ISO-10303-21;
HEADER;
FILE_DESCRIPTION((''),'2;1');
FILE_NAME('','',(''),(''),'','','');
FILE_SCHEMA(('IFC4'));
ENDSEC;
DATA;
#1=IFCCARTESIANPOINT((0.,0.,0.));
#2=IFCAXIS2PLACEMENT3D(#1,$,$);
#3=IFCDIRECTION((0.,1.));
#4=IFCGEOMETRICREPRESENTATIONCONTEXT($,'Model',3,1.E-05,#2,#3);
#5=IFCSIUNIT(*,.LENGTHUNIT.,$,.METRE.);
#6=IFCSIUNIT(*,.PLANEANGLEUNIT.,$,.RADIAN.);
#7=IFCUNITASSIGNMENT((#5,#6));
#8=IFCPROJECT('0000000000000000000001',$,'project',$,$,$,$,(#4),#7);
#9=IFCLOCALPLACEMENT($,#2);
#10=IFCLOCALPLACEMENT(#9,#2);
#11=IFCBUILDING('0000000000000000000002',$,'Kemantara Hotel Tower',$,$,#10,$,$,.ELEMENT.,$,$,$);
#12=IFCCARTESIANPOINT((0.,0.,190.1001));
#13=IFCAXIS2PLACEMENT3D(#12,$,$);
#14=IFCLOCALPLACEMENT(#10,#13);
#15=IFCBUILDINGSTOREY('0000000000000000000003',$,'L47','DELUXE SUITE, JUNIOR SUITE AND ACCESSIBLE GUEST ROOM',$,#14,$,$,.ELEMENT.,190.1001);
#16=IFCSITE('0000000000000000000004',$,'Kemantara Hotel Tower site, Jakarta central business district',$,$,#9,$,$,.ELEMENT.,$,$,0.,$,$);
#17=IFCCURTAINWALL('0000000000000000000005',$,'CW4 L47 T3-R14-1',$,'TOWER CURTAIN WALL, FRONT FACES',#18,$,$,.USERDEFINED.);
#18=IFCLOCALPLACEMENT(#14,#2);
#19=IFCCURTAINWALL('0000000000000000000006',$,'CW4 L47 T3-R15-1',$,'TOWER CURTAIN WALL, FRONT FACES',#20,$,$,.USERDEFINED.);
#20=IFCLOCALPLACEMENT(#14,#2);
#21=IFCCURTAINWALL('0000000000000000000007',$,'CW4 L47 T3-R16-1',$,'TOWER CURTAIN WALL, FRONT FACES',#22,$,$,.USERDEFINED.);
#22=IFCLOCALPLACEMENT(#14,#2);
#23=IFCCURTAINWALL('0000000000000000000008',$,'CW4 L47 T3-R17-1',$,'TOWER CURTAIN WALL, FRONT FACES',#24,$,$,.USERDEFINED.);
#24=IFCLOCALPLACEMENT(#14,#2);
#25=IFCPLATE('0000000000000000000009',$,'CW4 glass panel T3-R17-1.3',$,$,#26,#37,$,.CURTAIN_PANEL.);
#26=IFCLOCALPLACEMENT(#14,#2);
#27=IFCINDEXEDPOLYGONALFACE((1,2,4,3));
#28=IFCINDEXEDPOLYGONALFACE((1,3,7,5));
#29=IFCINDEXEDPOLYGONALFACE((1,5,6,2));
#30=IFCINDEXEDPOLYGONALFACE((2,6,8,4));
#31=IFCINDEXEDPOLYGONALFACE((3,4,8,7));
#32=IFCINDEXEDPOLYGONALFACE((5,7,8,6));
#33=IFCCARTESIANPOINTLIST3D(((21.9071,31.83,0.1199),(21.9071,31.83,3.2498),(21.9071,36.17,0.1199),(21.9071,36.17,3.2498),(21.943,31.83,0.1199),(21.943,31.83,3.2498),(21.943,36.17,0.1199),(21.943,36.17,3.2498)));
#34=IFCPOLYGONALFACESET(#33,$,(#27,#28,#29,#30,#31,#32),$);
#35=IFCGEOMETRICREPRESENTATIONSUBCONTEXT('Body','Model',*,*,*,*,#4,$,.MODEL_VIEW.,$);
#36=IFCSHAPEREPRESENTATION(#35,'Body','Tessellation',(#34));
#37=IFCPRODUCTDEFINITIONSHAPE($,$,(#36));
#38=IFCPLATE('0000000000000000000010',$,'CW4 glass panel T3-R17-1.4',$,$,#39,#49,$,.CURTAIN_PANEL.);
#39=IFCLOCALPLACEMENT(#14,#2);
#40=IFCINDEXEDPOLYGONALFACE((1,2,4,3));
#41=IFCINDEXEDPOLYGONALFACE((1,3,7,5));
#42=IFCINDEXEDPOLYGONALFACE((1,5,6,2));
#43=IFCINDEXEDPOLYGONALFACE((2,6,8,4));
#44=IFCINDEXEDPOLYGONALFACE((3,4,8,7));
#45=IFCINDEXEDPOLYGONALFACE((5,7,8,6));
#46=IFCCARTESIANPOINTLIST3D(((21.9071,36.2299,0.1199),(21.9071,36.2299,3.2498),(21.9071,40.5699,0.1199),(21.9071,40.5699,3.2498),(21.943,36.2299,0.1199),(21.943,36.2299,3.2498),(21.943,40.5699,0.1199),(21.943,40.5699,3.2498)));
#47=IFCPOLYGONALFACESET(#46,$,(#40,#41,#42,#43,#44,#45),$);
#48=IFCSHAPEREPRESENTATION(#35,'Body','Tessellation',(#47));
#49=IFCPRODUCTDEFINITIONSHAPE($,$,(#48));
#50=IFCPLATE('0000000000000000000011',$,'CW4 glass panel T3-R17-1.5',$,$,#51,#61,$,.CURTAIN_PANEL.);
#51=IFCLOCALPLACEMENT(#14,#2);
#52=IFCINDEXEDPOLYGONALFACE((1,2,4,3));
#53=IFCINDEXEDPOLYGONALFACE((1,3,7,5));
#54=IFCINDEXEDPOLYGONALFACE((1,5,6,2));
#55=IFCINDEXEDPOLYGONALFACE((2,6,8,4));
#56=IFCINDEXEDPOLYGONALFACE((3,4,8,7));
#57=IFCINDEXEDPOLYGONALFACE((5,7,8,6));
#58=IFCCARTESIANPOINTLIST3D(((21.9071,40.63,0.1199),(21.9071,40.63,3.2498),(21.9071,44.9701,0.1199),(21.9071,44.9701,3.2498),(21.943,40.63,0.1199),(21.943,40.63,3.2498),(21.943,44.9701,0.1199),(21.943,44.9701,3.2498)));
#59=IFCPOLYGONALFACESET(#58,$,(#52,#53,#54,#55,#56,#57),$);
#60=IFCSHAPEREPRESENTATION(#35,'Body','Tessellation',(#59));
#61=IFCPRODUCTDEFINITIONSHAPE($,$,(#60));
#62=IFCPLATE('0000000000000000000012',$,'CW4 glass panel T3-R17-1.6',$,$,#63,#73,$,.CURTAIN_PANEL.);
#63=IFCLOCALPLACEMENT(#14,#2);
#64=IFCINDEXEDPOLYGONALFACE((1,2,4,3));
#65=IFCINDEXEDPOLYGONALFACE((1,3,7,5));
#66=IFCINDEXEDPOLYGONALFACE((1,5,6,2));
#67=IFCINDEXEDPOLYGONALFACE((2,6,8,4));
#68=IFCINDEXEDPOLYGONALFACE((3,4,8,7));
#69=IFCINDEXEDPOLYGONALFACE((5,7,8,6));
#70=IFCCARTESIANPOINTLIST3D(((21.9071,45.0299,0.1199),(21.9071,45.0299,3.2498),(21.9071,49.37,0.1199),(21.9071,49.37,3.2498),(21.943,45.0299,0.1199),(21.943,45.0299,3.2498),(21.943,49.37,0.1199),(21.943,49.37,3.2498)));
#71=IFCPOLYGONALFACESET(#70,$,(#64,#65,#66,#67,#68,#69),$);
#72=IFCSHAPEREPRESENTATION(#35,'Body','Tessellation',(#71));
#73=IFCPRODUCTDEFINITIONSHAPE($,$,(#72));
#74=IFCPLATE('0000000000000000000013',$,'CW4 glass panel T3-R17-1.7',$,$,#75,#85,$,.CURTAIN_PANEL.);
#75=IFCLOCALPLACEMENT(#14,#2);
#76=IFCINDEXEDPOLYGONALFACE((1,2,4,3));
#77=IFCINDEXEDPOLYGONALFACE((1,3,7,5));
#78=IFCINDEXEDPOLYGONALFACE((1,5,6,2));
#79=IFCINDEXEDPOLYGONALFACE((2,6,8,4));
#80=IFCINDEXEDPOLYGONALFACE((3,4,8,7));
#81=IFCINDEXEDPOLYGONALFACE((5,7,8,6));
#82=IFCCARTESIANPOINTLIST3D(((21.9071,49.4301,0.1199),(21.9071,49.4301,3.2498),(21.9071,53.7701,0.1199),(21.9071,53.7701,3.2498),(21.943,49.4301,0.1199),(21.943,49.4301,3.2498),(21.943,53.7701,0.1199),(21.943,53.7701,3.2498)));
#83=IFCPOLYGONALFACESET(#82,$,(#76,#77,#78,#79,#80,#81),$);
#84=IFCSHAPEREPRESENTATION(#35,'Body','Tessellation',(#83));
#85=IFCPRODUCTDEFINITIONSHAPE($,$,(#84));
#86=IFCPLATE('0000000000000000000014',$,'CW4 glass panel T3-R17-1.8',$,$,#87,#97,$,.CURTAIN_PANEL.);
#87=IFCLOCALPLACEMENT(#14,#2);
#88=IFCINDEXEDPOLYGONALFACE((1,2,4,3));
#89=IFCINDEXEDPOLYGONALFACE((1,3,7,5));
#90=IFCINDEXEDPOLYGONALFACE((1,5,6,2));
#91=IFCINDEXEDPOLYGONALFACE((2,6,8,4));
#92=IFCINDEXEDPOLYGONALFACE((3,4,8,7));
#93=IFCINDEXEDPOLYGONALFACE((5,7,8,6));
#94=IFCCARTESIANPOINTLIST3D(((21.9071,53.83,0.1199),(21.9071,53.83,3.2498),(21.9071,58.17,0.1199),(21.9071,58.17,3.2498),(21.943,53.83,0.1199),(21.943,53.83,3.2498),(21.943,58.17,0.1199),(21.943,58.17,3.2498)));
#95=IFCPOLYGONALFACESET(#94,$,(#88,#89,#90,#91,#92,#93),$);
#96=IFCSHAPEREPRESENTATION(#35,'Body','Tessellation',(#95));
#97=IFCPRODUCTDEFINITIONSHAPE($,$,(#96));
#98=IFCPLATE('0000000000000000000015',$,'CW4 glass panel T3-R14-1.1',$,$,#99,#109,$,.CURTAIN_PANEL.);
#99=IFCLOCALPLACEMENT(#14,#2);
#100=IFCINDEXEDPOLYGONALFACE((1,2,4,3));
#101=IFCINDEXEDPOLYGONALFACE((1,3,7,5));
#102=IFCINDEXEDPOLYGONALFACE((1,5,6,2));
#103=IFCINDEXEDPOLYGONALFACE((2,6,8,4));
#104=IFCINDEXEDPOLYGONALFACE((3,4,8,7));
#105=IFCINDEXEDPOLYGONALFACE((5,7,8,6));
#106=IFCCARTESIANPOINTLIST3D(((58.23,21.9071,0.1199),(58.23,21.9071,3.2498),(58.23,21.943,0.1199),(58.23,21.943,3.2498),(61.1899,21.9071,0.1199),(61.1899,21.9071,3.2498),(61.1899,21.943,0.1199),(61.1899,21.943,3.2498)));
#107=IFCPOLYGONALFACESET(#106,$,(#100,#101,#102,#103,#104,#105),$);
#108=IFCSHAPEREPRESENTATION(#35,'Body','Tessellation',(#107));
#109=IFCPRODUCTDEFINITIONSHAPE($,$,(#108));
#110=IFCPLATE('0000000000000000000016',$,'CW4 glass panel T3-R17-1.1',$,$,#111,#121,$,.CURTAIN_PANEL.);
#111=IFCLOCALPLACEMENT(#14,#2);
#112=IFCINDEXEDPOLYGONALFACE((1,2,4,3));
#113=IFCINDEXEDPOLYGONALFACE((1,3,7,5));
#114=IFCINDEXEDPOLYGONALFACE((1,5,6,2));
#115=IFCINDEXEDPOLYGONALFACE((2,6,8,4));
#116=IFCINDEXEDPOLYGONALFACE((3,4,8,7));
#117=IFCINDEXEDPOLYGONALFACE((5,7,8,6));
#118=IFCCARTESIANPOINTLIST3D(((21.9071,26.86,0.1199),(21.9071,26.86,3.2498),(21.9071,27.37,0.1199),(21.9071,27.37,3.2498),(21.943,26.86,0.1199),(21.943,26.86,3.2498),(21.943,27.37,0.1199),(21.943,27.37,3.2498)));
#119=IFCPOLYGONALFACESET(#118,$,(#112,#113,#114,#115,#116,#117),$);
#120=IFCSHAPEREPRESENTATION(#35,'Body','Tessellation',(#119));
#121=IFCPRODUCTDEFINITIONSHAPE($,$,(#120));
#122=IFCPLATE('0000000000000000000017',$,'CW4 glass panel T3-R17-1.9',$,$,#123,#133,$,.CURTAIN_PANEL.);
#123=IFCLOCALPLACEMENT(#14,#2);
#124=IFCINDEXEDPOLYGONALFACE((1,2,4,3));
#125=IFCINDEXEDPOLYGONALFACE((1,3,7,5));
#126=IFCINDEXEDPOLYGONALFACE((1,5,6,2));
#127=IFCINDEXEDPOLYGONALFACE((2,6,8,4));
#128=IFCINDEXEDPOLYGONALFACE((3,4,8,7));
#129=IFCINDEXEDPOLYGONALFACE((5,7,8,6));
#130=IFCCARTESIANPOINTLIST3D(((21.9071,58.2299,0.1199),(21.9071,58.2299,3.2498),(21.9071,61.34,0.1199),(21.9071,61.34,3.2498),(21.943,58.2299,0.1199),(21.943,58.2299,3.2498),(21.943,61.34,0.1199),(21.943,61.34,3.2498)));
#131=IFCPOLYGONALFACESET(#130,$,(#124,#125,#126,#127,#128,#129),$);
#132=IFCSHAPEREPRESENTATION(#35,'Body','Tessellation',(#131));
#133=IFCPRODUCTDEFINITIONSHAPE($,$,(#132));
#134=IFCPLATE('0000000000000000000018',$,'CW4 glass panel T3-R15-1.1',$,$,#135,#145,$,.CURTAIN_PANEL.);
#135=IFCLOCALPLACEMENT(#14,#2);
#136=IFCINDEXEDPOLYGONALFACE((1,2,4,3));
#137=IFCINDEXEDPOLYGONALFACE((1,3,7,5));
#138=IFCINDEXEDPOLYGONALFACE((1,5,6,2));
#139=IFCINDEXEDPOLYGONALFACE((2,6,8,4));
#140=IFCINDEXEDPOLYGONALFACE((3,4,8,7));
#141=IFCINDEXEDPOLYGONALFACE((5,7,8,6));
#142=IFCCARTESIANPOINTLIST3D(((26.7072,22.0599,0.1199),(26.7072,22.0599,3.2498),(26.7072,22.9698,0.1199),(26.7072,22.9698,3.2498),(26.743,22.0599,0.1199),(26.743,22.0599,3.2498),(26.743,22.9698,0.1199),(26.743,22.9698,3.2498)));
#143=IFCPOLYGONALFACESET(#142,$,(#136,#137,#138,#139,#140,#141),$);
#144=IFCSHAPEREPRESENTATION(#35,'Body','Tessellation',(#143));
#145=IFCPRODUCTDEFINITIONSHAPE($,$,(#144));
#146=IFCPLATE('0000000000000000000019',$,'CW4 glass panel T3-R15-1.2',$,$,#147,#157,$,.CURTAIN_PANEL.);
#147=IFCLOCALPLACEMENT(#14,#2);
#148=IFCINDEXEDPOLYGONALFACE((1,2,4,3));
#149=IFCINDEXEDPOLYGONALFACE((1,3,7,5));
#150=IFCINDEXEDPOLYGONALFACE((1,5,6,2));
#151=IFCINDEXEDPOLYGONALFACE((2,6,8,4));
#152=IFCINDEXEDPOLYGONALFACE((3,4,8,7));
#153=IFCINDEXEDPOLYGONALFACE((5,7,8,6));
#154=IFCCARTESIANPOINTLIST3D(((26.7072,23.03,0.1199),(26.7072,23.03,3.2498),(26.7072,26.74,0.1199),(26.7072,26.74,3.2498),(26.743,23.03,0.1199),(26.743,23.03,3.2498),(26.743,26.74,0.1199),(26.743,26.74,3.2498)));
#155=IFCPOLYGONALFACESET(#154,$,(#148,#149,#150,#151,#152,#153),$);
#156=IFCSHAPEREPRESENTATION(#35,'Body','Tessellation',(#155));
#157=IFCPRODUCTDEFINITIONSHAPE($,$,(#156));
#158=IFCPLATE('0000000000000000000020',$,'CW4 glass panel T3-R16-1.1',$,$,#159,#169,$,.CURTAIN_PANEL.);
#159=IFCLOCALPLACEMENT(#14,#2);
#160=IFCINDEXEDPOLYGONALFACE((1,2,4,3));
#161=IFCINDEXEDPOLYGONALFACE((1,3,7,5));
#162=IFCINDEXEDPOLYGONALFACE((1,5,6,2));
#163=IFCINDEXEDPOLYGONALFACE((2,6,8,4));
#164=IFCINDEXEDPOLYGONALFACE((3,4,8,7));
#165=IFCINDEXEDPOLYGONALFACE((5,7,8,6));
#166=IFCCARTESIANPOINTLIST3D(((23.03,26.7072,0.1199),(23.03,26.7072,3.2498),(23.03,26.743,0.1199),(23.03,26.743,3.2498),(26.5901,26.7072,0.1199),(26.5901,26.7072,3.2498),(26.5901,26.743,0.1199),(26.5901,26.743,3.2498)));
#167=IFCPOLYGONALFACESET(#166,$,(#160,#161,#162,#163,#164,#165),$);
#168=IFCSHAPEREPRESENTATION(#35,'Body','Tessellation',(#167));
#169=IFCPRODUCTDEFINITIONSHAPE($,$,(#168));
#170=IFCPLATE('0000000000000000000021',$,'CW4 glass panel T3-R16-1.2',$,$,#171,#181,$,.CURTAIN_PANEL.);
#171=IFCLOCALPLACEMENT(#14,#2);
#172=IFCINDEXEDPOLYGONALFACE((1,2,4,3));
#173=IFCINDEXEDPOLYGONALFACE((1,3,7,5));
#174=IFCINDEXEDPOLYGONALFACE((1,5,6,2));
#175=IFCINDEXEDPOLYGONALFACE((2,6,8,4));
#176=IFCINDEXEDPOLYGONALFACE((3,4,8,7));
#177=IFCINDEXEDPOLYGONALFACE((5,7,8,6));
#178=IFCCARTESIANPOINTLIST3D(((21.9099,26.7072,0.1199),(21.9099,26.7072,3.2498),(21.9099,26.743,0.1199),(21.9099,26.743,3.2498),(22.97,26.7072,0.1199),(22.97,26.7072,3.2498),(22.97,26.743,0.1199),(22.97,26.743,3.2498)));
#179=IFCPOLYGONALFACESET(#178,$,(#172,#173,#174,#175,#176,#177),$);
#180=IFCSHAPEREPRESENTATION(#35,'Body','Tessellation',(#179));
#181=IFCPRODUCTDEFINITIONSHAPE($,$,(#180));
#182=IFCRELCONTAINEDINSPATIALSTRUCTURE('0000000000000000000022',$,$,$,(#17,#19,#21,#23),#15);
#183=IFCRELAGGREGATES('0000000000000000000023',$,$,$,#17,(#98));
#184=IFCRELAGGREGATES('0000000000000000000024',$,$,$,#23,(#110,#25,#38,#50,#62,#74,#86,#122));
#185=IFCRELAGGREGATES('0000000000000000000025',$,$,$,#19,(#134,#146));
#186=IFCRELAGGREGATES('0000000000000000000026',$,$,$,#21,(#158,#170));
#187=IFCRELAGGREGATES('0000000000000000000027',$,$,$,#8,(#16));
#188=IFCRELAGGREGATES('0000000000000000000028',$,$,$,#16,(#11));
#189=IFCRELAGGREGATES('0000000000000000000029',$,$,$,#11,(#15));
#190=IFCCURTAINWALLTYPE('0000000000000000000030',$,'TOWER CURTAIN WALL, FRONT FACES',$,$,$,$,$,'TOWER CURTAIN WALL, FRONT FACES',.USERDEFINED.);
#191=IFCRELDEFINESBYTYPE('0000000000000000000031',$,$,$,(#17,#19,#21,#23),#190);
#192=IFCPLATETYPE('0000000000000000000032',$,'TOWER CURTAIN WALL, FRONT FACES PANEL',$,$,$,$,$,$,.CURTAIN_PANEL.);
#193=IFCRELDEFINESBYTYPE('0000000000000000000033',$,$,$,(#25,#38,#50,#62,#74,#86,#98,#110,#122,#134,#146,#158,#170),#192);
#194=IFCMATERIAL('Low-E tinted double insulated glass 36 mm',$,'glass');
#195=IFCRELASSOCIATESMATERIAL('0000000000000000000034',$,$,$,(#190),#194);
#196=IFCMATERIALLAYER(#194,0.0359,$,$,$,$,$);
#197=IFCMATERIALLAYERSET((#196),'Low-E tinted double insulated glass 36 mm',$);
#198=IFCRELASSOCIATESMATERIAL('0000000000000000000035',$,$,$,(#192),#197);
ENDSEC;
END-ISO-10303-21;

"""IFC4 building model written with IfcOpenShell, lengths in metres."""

from ifc_helpers import new_model, si_unit, direction, frame, origin, origin_2d, place, context, subcontext, project, spatial, rectangle, extrude, source, transform, mapped, material, layer, layer_set, type_object, element, aggregate, save


model = new_model("IFC4")

# Units and contexts
model_context = context("Model", 3, precision=1e-05, world=origin(), true_north=direction((0.0, 1.0)))
body_context = subcontext(model_context, "Body", "Model", "MODEL_VIEW")
ifc_project = project(units=[si_unit("LENGTHUNIT", "METRE"), si_unit("PLANEANGLEUNIT", "RADIAN")], contexts=[model_context])

# Site, building, storey
site_placement = place(None, origin())
site = spatial("IfcSite", under=ifc_project, at=site_placement, Name="Kemantara Hotel Tower site, Jakarta central business district", CompositionType="ELEMENT", RefElevation=0.0)
building_placement = place(site_placement, origin())
building = spatial("IfcBuilding", under=site, at=building_placement, Name="Kemantara Hotel Tower", CompositionType="ELEMENT")
storey_placement = place(building_placement, frame((0.0, 0.0, 190.1001)))
storey = spatial("IfcBuildingStorey", under=building, at=storey_placement, Name="L47", Description="DELUXE SUITE, JUNIOR SUITE AND ACCESSIBLE GUEST ROOM", CompositionType="ELEMENT", Elevation=190.1001)

# Curtain walls
ifc_material_1 = material(Name="Low-E tinted double insulated glass 36 mm", Category="glass")
curtain_wall_type = type_object("IfcCurtainWallType", Name="TOWER CURTAIN WALL, FRONT FACES", ElementType="TOWER CURTAIN WALL, FRONT FACES", PredefinedType="USERDEFINED", material=ifc_material_1)
curtain_wall_1_placement = place(storey_placement, origin())
curtain_wall_1 = element("IfcCurtainWall", 1, at=curtain_wall_1_placement, inside=storey, type_object=curtain_wall_type, Name="CW4 L47 T3-R14-1", ObjectType="TOWER CURTAIN WALL, FRONT FACES", PredefinedType="USERDEFINED")
curtain_wall_2_placement = place(storey_placement, origin())
curtain_wall_2 = element("IfcCurtainWall", 2, at=curtain_wall_2_placement, inside=storey, type_object=curtain_wall_type, Name="CW4 L47 T3-R15-1", ObjectType="TOWER CURTAIN WALL, FRONT FACES", PredefinedType="USERDEFINED")
curtain_wall_3_placement = place(storey_placement, origin())
curtain_wall_3 = element("IfcCurtainWall", 3, at=curtain_wall_3_placement, inside=storey, type_object=curtain_wall_type, Name="CW4 L47 T3-R16-1", ObjectType="TOWER CURTAIN WALL, FRONT FACES", PredefinedType="USERDEFINED")

# Shared definitions
ifc_layer_1 = layer(ifc_material_1, 0.0359)
ifc_layer_set_1 = layer_set([ifc_layer_1], Name="Low-E tinted double insulated glass 36 mm")
plate_type = type_object("IfcPlateType", Name="TOWER CURTAIN WALL, FRONT FACES PANEL", PredefinedType="CURTAIN_PANEL", material=ifc_layer_set_1)
shared_shape_1 = source(origin(), body_context, "Body", "SweptSolid", [
    extrude(rectangle(XDim=4.3401, YDim=0.0359, at=origin_2d()), origin(), (0.0, 0.0, 1.0), 3.1299),
])

# Curtain wall, plates
curtain_wall_4_placement = place(storey_placement, origin())
curtain_wall_4 = element("IfcCurtainWall", 4, at=curtain_wall_4_placement, inside=storey, type_object=curtain_wall_type, Name="CW4 L47 T3-R17-1", ObjectType="TOWER CURTAIN WALL, FRONT FACES", PredefinedType="USERDEFINED")
plate_1_placement = place(storey_placement, frame((21.925, 34.0, 0.1199), z_axis=(0.0, 0.0, 1.0), x_axis=(0.0, 1.0, 0.0)))
plate_1 = element("IfcPlate", 5, at=plate_1_placement, type_object=plate_type, Name="CW4 glass panel T3-R17-1.3", PredefinedType="CURTAIN_PANEL", context=body_context, shape_type="MappedRepresentation", body=[
    mapped(shared_shape_1, transform((0.0, 0.0, 0.0))),
])
plate_2_placement = place(storey_placement, frame((21.925, 38.3999, 0.1199), z_axis=(0.0, 0.0, 1.0), x_axis=(0.0, 1.0, 0.0)))
plate_2 = element("IfcPlate", 6, at=plate_2_placement, type_object=plate_type, Name="CW4 glass panel T3-R17-1.4", PredefinedType="CURTAIN_PANEL", context=body_context, shape_type="MappedRepresentation", body=[
    mapped(shared_shape_1, transform((0.0, 0.0, 0.0))),
])
plate_3_placement = place(storey_placement, frame((21.925, 42.8, 0.1199), z_axis=(0.0, 0.0, 1.0), x_axis=(0.0, 1.0, 0.0)))
plate_3 = element("IfcPlate", 7, at=plate_3_placement, type_object=plate_type, Name="CW4 glass panel T3-R17-1.5", PredefinedType="CURTAIN_PANEL", context=body_context, shape_type="MappedRepresentation", body=[
    mapped(shared_shape_1, transform((0.0, 0.0, 0.0))),
])
plate_4_placement = place(storey_placement, frame((21.925, 47.2, 0.1199), z_axis=(0.0, 0.0, 1.0), x_axis=(0.0, 1.0, 0.0)))
plate_4 = element("IfcPlate", 8, at=plate_4_placement, type_object=plate_type, Name="CW4 glass panel T3-R17-1.6", PredefinedType="CURTAIN_PANEL", context=body_context, shape_type="MappedRepresentation", body=[
    mapped(shared_shape_1, transform((0.0, 0.0, 0.0))),
])
plate_5_placement = place(storey_placement, frame((21.925, 51.6001, 0.1199), z_axis=(0.0, 0.0, 1.0), x_axis=(0.0, 1.0, 0.0)))
plate_5 = element("IfcPlate", 9, at=plate_5_placement, type_object=plate_type, Name="CW4 glass panel T3-R17-1.7", PredefinedType="CURTAIN_PANEL", context=body_context, shape_type="MappedRepresentation", body=[
    mapped(shared_shape_1, transform((0.0, 0.0, 0.0))),
])
plate_6_placement = place(storey_placement, frame((21.925, 56.0, 0.1199), z_axis=(0.0, 0.0, 1.0), x_axis=(0.0, 1.0, 0.0)))
plate_6 = element("IfcPlate", 10, at=plate_6_placement, type_object=plate_type, Name="CW4 glass panel T3-R17-1.8", PredefinedType="CURTAIN_PANEL", context=body_context, shape_type="MappedRepresentation", body=[
    mapped(shared_shape_1, transform((0.0, 0.0, 0.0))),
])

# Plates
shared_shape_2 = source(origin(), body_context, "Body", "SweptSolid", [
    extrude(rectangle(XDim=2.96, YDim=0.0359, at=origin_2d()), origin(), (0.0, 0.0, 1.0), 3.1299),
])
plate_7_placement = place(storey_placement, frame((59.71, 21.925, 0.1199), z_axis=(0.0, 0.0, 1.0), x_axis=(-1.0, 0.0, 0.0)))
plate_7 = element("IfcPlate", 11, at=plate_7_placement, type_object=plate_type, Name="CW4 glass panel T3-R14-1.1", PredefinedType="CURTAIN_PANEL", context=body_context, shape_type="MappedRepresentation", body=[
    mapped(shared_shape_2, transform((0.0, 0.0, 0.0))),
])
aggregate(curtain_wall_1, [plate_7])
shared_shape_3 = source(origin(), body_context, "Body", "SweptSolid", [
    extrude(rectangle(XDim=0.51, YDim=0.0359, at=origin_2d()), origin(), (0.0, 0.0, 1.0), 3.1299),
])
plate_8_placement = place(storey_placement, frame((21.925, 27.115, 0.1199), z_axis=(0.0, 0.0, 1.0), x_axis=(0.0, 1.0, 0.0)))
plate_8 = element("IfcPlate", 12, at=plate_8_placement, type_object=plate_type, Name="CW4 glass panel T3-R17-1.1", PredefinedType="CURTAIN_PANEL", context=body_context, shape_type="MappedRepresentation", body=[
    mapped(shared_shape_3, transform((0.0, 0.0, 0.0))),
])
shared_shape_4 = source(origin(), body_context, "Body", "SweptSolid", [
    extrude(rectangle(XDim=3.1101, YDim=0.0359, at=origin_2d()), origin(), (0.0, 0.0, 1.0), 3.1299),
])
plate_9_placement = place(storey_placement, frame((21.925, 59.7849, 0.1199), z_axis=(0.0, 0.0, 1.0), x_axis=(0.0, 1.0, 0.0)))
plate_9 = element("IfcPlate", 13, at=plate_9_placement, type_object=plate_type, Name="CW4 glass panel T3-R17-1.9", PredefinedType="CURTAIN_PANEL", context=body_context, shape_type="MappedRepresentation", body=[
    mapped(shared_shape_4, transform((0.0, 0.0, 0.0))),
])
aggregate(curtain_wall_4, [plate_8, plate_1, plate_2, plate_3, plate_4, plate_5, plate_6, plate_9])
shared_shape_5 = source(origin(), body_context, "Body", "SweptSolid", [
    extrude(rectangle(XDim=0.9099, YDim=0.0359, at=origin_2d()), origin(), (0.0, 0.0, 1.0), 3.1299),
])
plate_10_placement = place(storey_placement, frame((26.7251, 22.5149, 0.1199), z_axis=(0.0, 0.0, 1.0), x_axis=(0.0, 1.0, 0.0)))
plate_10 = element("IfcPlate", 14, at=plate_10_placement, type_object=plate_type, Name="CW4 glass panel T3-R15-1.1", PredefinedType="CURTAIN_PANEL", context=body_context, shape_type="MappedRepresentation", body=[
    mapped(shared_shape_5, transform((0.0, 0.0, 0.0))),
])
shared_shape_6 = source(origin(), body_context, "Body", "SweptSolid", [
    extrude(rectangle(XDim=3.71, YDim=0.0359, at=origin_2d()), origin(), (0.0, 0.0, 1.0), 3.1299),
])
plate_11_placement = place(storey_placement, frame((26.7251, 24.885, 0.1199), z_axis=(0.0, 0.0, 1.0), x_axis=(0.0, 1.0, 0.0)))
plate_11 = element("IfcPlate", 15, at=plate_11_placement, type_object=plate_type, Name="CW4 glass panel T3-R15-1.2", PredefinedType="CURTAIN_PANEL", context=body_context, shape_type="MappedRepresentation", body=[
    mapped(shared_shape_6, transform((0.0, 0.0, 0.0))),
])
aggregate(curtain_wall_2, [plate_10, plate_11])
shared_shape_7 = source(origin(), body_context, "Body", "SweptSolid", [
    extrude(rectangle(XDim=3.5601, YDim=0.0359, at=origin_2d()), origin(), (0.0, 0.0, 1.0), 3.1299),
])
plate_12_placement = place(storey_placement, frame((24.8101, 26.7251, 0.1199), z_axis=(0.0, 0.0, 1.0), x_axis=(-1.0, 0.0, 0.0)))
plate_12 = element("IfcPlate", 16, at=plate_12_placement, type_object=plate_type, Name="CW4 glass panel T3-R16-1.1", PredefinedType="CURTAIN_PANEL", context=body_context, shape_type="MappedRepresentation", body=[
    mapped(shared_shape_7, transform((0.0, 0.0, 0.0))),
])
shared_shape_8 = source(origin(), body_context, "Body", "SweptSolid", [
    extrude(rectangle(XDim=1.0601, YDim=0.0359, at=origin_2d()), origin(), (0.0, 0.0, 1.0), 3.1299),
])
plate_13_placement = place(storey_placement, frame((22.4399, 26.7251, 0.1199), z_axis=(0.0, 0.0, 1.0), x_axis=(-1.0, 0.0, 0.0)))
plate_13 = element("IfcPlate", 17, at=plate_13_placement, type_object=plate_type, Name="CW4 glass panel T3-R16-1.2", PredefinedType="CURTAIN_PANEL", context=body_context, shape_type="MappedRepresentation", body=[
    mapped(shared_shape_8, transform((0.0, 0.0, 0.0))),
])
aggregate(curtain_wall_3, [plate_12, plate_13])

save(model, "model.ifc")
